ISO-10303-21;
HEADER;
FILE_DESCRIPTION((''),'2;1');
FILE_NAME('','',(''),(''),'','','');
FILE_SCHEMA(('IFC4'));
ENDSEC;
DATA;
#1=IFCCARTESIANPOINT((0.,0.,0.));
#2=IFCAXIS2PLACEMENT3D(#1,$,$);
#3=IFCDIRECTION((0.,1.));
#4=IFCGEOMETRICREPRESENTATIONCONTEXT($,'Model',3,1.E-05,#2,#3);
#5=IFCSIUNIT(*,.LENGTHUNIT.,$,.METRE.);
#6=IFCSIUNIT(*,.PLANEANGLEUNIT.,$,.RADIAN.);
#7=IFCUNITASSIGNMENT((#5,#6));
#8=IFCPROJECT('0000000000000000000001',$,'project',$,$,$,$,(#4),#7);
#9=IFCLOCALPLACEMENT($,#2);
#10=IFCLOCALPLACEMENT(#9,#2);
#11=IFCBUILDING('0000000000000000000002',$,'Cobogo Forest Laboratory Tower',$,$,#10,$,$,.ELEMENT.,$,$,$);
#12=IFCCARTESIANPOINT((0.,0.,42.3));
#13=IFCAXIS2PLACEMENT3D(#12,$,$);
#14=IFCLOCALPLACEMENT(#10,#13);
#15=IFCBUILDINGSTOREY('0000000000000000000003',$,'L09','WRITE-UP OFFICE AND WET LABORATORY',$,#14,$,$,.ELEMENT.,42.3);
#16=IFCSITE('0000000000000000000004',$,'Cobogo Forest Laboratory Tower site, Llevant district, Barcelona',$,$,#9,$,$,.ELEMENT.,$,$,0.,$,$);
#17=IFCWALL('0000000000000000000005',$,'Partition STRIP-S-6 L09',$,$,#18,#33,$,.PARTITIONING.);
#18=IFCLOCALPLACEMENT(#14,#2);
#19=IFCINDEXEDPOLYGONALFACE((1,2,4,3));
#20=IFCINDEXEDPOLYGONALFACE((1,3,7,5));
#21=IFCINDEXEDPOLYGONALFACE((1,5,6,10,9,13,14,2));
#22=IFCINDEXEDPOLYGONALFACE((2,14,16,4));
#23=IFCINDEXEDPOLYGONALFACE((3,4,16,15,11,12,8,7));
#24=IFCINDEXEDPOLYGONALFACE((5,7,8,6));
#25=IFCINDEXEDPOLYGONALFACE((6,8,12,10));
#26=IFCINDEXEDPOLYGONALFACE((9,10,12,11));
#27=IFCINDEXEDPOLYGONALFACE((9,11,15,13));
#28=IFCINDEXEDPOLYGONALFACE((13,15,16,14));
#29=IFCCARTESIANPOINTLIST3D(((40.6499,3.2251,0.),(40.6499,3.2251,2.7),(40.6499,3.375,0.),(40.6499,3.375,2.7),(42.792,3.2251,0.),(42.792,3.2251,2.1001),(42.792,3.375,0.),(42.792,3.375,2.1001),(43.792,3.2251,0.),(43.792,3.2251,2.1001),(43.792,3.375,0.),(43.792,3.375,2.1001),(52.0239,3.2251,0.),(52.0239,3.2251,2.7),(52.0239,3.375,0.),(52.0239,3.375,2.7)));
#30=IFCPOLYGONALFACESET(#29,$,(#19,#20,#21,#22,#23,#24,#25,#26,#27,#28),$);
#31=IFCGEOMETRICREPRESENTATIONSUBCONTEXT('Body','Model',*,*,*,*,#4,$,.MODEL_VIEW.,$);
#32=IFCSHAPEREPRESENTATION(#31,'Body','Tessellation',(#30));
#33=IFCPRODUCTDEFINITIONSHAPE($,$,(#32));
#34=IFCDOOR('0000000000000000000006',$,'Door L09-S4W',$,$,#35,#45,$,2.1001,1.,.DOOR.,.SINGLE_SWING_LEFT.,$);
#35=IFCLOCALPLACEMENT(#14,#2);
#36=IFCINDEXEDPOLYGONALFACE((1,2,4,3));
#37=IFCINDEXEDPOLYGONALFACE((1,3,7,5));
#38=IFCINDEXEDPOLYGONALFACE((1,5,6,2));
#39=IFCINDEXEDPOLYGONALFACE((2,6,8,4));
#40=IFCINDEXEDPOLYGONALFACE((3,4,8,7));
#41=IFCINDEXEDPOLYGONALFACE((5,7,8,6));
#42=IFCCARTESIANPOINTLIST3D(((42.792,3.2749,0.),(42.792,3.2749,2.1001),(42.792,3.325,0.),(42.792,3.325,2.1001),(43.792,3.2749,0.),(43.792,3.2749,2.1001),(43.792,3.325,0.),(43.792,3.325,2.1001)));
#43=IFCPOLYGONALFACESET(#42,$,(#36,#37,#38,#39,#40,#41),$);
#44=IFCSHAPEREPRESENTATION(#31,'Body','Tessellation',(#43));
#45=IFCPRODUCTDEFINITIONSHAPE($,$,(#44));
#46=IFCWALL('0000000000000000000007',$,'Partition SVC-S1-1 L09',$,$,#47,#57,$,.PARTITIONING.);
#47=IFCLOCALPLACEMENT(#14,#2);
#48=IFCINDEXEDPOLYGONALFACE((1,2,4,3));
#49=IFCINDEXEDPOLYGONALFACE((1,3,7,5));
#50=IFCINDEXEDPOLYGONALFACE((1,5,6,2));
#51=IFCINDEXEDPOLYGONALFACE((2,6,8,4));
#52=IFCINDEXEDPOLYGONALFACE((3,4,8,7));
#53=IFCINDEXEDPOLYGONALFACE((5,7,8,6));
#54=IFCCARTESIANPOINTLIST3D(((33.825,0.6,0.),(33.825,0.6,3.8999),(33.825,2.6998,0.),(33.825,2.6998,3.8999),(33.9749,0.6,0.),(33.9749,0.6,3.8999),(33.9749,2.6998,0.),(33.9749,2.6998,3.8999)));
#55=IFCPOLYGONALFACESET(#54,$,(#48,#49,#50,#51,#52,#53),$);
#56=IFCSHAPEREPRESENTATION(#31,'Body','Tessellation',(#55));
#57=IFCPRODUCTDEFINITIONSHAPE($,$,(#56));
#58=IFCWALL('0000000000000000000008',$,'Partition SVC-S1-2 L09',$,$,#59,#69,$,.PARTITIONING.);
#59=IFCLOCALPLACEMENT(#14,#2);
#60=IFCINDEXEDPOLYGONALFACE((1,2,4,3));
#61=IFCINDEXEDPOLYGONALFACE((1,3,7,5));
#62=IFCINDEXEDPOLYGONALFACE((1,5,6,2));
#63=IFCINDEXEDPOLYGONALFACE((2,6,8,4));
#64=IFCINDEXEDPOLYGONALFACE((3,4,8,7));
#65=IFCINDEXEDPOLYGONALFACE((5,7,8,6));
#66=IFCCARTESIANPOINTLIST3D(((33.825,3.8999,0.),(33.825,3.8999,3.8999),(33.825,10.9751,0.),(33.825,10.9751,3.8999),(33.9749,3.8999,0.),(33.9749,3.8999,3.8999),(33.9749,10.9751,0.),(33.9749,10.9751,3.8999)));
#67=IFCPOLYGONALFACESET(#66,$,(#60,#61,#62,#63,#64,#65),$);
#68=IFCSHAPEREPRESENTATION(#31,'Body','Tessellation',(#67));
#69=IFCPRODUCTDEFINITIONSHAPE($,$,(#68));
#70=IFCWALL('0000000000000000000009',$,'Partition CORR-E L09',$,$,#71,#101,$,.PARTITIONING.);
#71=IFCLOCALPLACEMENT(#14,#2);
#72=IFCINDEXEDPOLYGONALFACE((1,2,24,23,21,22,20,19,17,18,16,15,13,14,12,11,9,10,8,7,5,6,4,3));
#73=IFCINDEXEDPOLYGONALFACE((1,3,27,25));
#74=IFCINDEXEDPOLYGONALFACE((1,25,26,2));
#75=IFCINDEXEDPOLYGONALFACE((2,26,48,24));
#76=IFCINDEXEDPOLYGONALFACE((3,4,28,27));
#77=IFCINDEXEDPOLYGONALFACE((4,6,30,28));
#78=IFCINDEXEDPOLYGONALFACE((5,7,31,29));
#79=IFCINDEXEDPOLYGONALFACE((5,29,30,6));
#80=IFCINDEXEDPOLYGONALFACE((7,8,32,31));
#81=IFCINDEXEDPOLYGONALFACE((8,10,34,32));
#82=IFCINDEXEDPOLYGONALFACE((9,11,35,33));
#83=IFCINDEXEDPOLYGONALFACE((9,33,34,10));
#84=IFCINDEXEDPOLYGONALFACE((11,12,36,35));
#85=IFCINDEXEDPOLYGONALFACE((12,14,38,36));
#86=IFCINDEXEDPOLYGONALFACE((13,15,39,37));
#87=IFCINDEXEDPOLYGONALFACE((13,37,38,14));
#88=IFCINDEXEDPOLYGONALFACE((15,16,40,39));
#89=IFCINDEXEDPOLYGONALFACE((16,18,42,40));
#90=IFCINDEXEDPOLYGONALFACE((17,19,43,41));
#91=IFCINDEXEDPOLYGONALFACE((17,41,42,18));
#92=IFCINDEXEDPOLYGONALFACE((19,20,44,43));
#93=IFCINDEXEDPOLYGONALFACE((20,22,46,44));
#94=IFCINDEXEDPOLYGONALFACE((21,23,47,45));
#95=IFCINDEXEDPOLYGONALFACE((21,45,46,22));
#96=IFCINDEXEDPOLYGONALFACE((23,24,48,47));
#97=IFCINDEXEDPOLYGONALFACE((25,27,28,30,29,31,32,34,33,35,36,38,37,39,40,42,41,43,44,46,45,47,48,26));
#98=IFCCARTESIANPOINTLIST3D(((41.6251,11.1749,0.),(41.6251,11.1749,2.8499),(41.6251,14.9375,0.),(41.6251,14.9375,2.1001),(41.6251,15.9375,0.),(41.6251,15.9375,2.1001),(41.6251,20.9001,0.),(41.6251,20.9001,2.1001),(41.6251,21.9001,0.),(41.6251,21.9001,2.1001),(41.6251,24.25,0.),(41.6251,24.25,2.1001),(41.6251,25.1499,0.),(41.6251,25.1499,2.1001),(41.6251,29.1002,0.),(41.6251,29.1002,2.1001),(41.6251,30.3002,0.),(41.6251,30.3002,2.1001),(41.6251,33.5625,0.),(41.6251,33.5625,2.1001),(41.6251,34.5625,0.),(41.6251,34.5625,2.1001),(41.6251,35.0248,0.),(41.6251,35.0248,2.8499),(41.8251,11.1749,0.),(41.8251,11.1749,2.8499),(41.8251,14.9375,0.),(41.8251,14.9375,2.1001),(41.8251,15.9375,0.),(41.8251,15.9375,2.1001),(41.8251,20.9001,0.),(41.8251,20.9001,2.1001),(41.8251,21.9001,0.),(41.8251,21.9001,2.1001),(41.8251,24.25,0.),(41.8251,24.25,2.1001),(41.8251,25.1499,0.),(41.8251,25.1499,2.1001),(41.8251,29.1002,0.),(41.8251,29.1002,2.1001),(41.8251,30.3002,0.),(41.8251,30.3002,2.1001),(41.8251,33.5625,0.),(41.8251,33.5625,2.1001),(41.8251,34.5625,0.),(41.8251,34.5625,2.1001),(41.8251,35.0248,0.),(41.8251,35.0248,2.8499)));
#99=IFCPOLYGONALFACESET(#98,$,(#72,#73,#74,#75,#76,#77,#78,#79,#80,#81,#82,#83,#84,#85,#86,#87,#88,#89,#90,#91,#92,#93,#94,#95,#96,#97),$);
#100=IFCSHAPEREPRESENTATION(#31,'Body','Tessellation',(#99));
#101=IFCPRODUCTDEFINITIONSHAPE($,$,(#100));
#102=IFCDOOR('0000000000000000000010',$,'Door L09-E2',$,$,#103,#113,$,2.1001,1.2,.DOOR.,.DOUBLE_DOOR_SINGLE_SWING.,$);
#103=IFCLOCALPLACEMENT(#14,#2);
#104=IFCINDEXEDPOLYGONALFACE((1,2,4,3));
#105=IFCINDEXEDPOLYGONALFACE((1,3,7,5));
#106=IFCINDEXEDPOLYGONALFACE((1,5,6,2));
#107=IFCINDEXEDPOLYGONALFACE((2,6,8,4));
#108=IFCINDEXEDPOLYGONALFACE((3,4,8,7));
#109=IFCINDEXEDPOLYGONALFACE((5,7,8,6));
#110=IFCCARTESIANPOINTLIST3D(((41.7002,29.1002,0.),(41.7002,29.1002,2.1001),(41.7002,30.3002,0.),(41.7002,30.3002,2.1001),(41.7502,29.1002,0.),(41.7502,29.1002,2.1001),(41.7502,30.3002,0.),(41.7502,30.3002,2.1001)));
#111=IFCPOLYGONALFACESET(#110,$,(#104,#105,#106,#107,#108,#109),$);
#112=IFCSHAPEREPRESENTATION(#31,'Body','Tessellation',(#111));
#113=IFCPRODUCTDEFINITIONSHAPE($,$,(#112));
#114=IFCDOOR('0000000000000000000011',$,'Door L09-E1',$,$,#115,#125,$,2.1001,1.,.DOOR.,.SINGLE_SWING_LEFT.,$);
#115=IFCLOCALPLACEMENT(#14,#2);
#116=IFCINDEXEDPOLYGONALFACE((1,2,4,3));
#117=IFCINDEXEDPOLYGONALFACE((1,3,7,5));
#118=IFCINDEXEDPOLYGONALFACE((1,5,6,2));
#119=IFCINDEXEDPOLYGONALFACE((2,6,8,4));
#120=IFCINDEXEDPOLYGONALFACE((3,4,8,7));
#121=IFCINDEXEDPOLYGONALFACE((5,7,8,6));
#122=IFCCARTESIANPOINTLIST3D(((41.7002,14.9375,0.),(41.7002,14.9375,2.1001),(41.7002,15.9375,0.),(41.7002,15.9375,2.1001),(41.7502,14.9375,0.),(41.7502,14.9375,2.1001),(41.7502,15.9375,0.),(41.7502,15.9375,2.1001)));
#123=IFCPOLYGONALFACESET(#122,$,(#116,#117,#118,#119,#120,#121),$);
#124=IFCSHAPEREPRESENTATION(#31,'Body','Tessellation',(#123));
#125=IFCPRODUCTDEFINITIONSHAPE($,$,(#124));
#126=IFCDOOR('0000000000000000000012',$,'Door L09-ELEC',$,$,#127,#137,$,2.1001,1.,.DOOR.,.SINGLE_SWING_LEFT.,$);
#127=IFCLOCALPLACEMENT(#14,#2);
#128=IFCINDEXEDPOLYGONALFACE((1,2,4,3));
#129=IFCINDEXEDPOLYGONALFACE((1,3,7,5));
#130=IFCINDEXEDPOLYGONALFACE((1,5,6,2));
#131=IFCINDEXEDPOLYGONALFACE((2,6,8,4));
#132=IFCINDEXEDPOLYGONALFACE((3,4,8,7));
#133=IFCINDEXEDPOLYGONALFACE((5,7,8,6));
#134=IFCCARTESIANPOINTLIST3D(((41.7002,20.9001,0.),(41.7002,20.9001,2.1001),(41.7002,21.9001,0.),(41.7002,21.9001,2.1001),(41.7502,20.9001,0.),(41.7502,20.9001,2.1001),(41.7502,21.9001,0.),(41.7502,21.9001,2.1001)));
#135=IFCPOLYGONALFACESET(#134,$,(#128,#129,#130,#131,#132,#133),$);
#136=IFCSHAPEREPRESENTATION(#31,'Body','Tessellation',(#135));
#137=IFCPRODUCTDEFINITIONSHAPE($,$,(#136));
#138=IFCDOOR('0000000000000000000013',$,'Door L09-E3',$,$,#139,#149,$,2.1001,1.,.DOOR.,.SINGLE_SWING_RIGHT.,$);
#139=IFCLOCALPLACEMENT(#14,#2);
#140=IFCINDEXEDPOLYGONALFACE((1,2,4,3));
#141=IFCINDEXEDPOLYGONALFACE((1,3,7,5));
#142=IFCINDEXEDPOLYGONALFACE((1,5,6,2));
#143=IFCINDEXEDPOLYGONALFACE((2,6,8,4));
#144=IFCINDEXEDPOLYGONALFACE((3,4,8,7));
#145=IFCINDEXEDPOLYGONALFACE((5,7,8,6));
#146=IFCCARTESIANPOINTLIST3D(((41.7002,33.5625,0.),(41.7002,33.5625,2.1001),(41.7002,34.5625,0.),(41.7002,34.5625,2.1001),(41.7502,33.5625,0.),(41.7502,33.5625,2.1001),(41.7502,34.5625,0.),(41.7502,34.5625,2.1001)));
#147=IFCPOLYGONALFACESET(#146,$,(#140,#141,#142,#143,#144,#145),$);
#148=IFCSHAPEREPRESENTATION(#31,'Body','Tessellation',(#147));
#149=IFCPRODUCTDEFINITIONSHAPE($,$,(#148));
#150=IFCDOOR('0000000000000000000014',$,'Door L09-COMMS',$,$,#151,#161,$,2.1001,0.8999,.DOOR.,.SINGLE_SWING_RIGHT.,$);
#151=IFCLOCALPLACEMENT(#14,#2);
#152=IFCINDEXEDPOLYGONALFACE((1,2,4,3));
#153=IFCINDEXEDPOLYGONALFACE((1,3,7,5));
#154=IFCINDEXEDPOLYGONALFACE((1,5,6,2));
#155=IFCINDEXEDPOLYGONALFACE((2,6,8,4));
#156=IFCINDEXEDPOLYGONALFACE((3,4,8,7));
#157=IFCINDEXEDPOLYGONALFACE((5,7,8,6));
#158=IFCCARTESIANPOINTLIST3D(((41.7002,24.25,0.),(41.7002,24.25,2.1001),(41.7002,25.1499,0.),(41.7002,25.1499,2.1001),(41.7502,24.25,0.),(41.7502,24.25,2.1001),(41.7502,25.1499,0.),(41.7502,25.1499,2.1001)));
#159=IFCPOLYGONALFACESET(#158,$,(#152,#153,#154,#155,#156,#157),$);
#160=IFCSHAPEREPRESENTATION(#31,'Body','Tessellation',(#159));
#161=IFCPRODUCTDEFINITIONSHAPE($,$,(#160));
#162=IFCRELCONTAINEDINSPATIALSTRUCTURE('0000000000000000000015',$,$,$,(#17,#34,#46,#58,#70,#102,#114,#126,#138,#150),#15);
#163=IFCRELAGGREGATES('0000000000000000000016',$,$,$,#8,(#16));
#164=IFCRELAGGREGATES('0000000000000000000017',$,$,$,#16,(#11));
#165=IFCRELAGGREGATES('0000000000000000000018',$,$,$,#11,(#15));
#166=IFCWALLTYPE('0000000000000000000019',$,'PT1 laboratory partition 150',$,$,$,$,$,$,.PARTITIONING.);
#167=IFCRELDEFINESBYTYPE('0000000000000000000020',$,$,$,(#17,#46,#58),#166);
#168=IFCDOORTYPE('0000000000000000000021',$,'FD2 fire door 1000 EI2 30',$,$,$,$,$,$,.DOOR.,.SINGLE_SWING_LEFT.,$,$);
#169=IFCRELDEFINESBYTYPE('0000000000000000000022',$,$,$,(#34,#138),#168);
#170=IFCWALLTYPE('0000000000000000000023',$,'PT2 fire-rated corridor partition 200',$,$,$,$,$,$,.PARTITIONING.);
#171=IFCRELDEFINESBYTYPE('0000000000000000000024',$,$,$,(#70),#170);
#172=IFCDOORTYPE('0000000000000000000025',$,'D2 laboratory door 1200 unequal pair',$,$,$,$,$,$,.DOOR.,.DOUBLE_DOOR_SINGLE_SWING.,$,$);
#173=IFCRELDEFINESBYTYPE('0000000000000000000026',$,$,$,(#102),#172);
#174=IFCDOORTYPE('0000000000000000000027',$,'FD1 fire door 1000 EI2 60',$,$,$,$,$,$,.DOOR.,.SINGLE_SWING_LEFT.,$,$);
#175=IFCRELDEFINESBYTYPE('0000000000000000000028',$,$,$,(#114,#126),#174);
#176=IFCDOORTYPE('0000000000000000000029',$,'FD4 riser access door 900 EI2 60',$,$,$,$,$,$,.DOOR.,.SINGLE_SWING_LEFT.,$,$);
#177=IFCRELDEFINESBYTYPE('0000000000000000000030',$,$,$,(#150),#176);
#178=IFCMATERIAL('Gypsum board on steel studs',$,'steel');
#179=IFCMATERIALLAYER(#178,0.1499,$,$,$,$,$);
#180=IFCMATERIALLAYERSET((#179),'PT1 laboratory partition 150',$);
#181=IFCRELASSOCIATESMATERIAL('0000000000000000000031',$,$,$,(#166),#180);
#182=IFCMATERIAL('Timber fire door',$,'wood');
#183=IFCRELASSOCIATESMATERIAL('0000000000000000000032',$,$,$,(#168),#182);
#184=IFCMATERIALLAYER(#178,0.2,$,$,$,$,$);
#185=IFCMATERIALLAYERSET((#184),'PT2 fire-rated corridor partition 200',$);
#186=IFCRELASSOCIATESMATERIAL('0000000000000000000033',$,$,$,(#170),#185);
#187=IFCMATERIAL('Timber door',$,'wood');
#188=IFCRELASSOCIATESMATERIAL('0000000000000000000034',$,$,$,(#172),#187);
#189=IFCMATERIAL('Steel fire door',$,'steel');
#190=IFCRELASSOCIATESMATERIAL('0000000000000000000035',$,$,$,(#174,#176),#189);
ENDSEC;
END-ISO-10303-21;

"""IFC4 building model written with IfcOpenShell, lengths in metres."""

from ifc_helpers import new_model, si_unit, direction, frame, frame_2d, origin, place, context, subcontext, project, spatial, rectangle, extrude, material, layer, layer_set, type_object, element, fill, save


model = new_model("IFC4")

# Units and contexts
model_context = context("Model", 3, precision=1e-05, world=origin(), true_north=direction((0.0, 1.0)))
body_context = subcontext(model_context, "Body", "Model", "MODEL_VIEW")
ifc_project = project(units=[si_unit("LENGTHUNIT", "METRE"), si_unit("PLANEANGLEUNIT", "RADIAN")], contexts=[model_context])

# Site, building, storey
site_placement = place(None, origin())
site = spatial("IfcSite", under=ifc_project, at=site_placement, Name="Cobogo Forest Laboratory Tower site, Llevant district, Barcelona", CompositionType="ELEMENT", RefElevation=0.0)
building_placement = place(site_placement, origin())
building = spatial("IfcBuilding", under=site, at=building_placement, Name="Cobogo Forest Laboratory Tower", CompositionType="ELEMENT")
storey_placement = place(building_placement, frame((0.0, 0.0, 42.3)))
storey = spatial("IfcBuildingStorey", under=building, at=storey_placement, Name="L09", Description="WRITE-UP OFFICE AND WET LABORATORY", CompositionType="ELEMENT", Elevation=42.3)

# Shared definitions
ifc_material_1 = material(Name="Steel fire door", Category="steel")

# Shared definitions
ifc_material_2 = material(Name="Gypsum board on steel studs", Category="steel")
ifc_layer_1 = layer(ifc_material_2, 0.1499)
ifc_layer_set_1 = layer_set([ifc_layer_1], Name="PT1 laboratory partition 150")
wall_type_1 = type_object("IfcWallType", Name="PT1 laboratory partition 150", PredefinedType="PARTITIONING", material=ifc_layer_set_1)

# Wall, opening, door
wall_1_placement = place(storey_placement, frame((40.6499, 3.3, 0.0), z_axis=(0.0, 0.0, 1.0), x_axis=(1.0, 0.0, 0.0)))
wall_1 = element("IfcWall", 1, at=wall_1_placement, inside=storey, type_object=wall_type_1, Name="Partition STRIP-S-6 L09", PredefinedType="PARTITIONING", context=body_context, shape_type="SweptSolid", body=[
    extrude(rectangle(XDim=11.374, YDim=0.1499, at=frame_2d((5.687, 0.0))), origin(), (0.0, 0.0, 1.0), 2.7),
])
opening_1_placement = place(wall_1_placement, frame((2.1421, 0.0, 0.0)))
opening_1 = element("IfcOpeningElement", 2, at=opening_1_placement, cuts=wall_1, PredefinedType="OPENING", context=body_context, shape_type="SweptSolid", body=[
    extrude(rectangle(XDim=1.0, YDim=2.1001, at=frame_2d((0.5, 1.05))), frame((0.0, 0.085, 0.0), z_axis=(0.0, -1.0, 0.0), x_axis=(1.0, 0.0, 0.0)), (0.0, 0.0, 1.0), 0.1699),
])
ifc_material_3 = material(Name="Timber fire door", Category="wood")
door_type_1 = type_object("IfcDoorType", Name="FD2 fire door 1000 EI2 30", OperationType="SINGLE_SWING_LEFT", PredefinedType="DOOR", material=ifc_material_3)
door_1_placement = place(opening_1_placement, origin())
door_1 = element("IfcDoor", 3, at=door_1_placement, inside=storey, type_object=door_type_1, Name="Door L09-S4W", OperationType="SINGLE_SWING_LEFT", OverallHeight=2.1001, OverallWidth=1.0, PredefinedType="DOOR", context=body_context, shape_type="SweptSolid", body=[
    extrude(rectangle(XDim=1.0, YDim=2.1001, at=frame_2d((0.5, 1.05))), frame((0.0, 0.0249, 0.0), z_axis=(0.0, -1.0, 0.0), x_axis=(1.0, 0.0, 0.0)), (0.0, 0.0, 1.0), 0.05),
])
fill(opening_1, door_1)

# Walls
wall_2_placement = place(storey_placement, frame((33.8999, 0.6001, 0.0), z_axis=(0.0, 0.0, 1.0), x_axis=(0.0, 1.0, 0.0)))
element("IfcWall", 4, at=wall_2_placement, inside=storey, type_object=wall_type_1, Name="Partition SVC-S1-1 L09", PredefinedType="PARTITIONING", context=body_context, shape_type="SweptSolid", body=[
    extrude(rectangle(XDim=2.0999, YDim=0.1499, at=frame_2d((1.0498, 0.0))), origin(), (0.0, 0.0, 1.0), 3.8999),
])
wall_3_placement = place(storey_placement, frame((33.8999, 3.8999, 0.0), z_axis=(0.0, 0.0, 1.0), x_axis=(0.0, 1.0, 0.0)))
element("IfcWall", 5, at=wall_3_placement, inside=storey, type_object=wall_type_1, Name="Partition SVC-S1-2 L09", PredefinedType="PARTITIONING", context=body_context, shape_type="SweptSolid", body=[
    extrude(rectangle(XDim=7.0752, YDim=0.1499, at=frame_2d((3.5376, 0.0))), origin(), (0.0, 0.0, 1.0), 3.8999),
])

# Wall, openings, doors
ifc_layer_2 = layer(ifc_material_2, 0.2)
ifc_layer_set_2 = layer_set([ifc_layer_2], Name="PT2 fire-rated corridor partition 200")
wall_type_2 = type_object("IfcWallType", Name="PT2 fire-rated corridor partition 200", PredefinedType="PARTITIONING", material=ifc_layer_set_2)
wall_4_placement = place(storey_placement, frame((41.7251, 11.175, 0.0), z_axis=(0.0, 0.0, 1.0), x_axis=(0.0, 1.0, 0.0)))
wall_4 = element("IfcWall", 6, at=wall_4_placement, inside=storey, type_object=wall_type_2, Name="Partition CORR-E L09", PredefinedType="PARTITIONING", context=body_context, shape_type="SweptSolid", body=[
    extrude(rectangle(XDim=23.8499, YDim=0.2, at=frame_2d((11.9248, 0.0))), origin(), (0.0, 0.0, 1.0), 2.8499),
])
opening_2_placement = place(wall_4_placement, frame((3.7625, 0.0, 0.0)))
opening_2 = element("IfcOpeningElement", 7, at=opening_2_placement, cuts=wall_4, PredefinedType="OPENING", context=body_context, shape_type="SweptSolid", body=[
    extrude(rectangle(XDim=1.0, YDim=2.1001, at=frame_2d((0.5, 1.05))), frame((0.0, 0.1099, 0.0), z_axis=(0.0, -1.0, 0.0), x_axis=(1.0, 0.0, 0.0)), (0.0, 0.0, 1.0), 0.22),
])
opening_3_placement = place(wall_4_placement, frame((9.7251, 0.0, 0.0)))
opening_3 = element("IfcOpeningElement", 8, at=opening_3_placement, cuts=wall_4, PredefinedType="OPENING", context=body_context, shape_type="SweptSolid", body=[
    extrude(rectangle(XDim=1.0, YDim=2.1001, at=frame_2d((0.5, 1.05))), frame((0.0, 0.1099, 0.0), z_axis=(0.0, -1.0, 0.0), x_axis=(1.0, 0.0, 0.0)), (0.0, 0.0, 1.0), 0.22),
])
opening_4_placement = place(wall_4_placement, frame((13.075, 0.0, 0.0)))
opening_4 = element("IfcOpeningElement", 9, at=opening_4_placement, cuts=wall_4, PredefinedType="OPENING", context=body_context, shape_type="SweptSolid", body=[
    extrude(rectangle(XDim=0.8999, YDim=2.1001, at=frame_2d((0.45, 1.05))), frame((0.0, 0.1099, 0.0), z_axis=(0.0, -1.0, 0.0), x_axis=(1.0, 0.0, 0.0)), (0.0, 0.0, 1.0), 0.22),
])
opening_5_placement = place(wall_4_placement, frame((17.925, 0.0, 0.0)))
opening_5 = element("IfcOpeningElement", 10, at=opening_5_placement, cuts=wall_4, PredefinedType="OPENING", context=body_context, shape_type="SweptSolid", body=[
    extrude(rectangle(XDim=1.2, YDim=2.1001, at=frame_2d((0.6001, 1.05))), frame((0.0, 0.1099, 0.0), z_axis=(0.0, -1.0, 0.0), x_axis=(1.0, 0.0, 0.0)), (0.0, 0.0, 1.0), 0.22),
])
opening_6_placement = place(wall_4_placement, frame((22.3875, 0.0, 0.0)))
opening_6 = element("IfcOpeningElement", 11, at=opening_6_placement, cuts=wall_4, PredefinedType="OPENING", context=body_context, shape_type="SweptSolid", body=[
    extrude(rectangle(XDim=1.0, YDim=2.1001, at=frame_2d((0.5, 1.05))), frame((0.0, 0.1099, 0.0), z_axis=(0.0, -1.0, 0.0), x_axis=(1.0, 0.0, 0.0)), (0.0, 0.0, 1.0), 0.22),
])
ifc_material_4 = material(Name="Timber door", Category="wood")
door_type_2 = type_object("IfcDoorType", Name="D2 laboratory door 1200 unequal pair", OperationType="DOUBLE_DOOR_SINGLE_SWING", PredefinedType="DOOR", material=ifc_material_4)
door_2_placement = place(opening_5_placement, origin())
door_2 = element("IfcDoor", 12, at=door_2_placement, inside=storey, type_object=door_type_2, Name="Door L09-E2", OperationType="DOUBLE_DOOR_SINGLE_SWING", OverallHeight=2.1001, OverallWidth=1.2, PredefinedType="DOOR", context=body_context, shape_type="SweptSolid", body=[
    extrude(rectangle(XDim=1.2, YDim=2.1001, at=frame_2d((0.6001, 1.05))), frame((0.0, 0.0249, 0.0), z_axis=(0.0, -1.0, 0.0), x_axis=(1.0, 0.0, 0.0)), (0.0, 0.0, 1.0), 0.05),
])
fill(opening_5, door_2)
door_type_3 = type_object("IfcDoorType", Name="FD1 fire door 1000 EI2 60", OperationType="SINGLE_SWING_LEFT", PredefinedType="DOOR", material=ifc_material_1)
door_3_placement = place(opening_2_placement, origin())
door_3 = element("IfcDoor", 13, at=door_3_placement, inside=storey, type_object=door_type_3, Name="Door L09-E1", OperationType="SINGLE_SWING_LEFT", OverallHeight=2.1001, OverallWidth=1.0, PredefinedType="DOOR", context=body_context, shape_type="SweptSolid", body=[
    extrude(rectangle(XDim=1.0, YDim=2.1001, at=frame_2d((0.5, 1.05))), frame((0.0, 0.0249, 0.0), z_axis=(0.0, -1.0, 0.0), x_axis=(1.0, 0.0, 0.0)), (0.0, 0.0, 1.0), 0.05),
])
fill(opening_2, door_3)
door_4_placement = place(opening_3_placement, origin())
door_4 = element("IfcDoor", 14, at=door_4_placement, inside=storey, type_object=door_type_3, Name="Door L09-ELEC", OperationType="SINGLE_SWING_LEFT", OverallHeight=2.1001, OverallWidth=1.0, PredefinedType="DOOR", context=body_context, shape_type="SweptSolid", body=[
    extrude(rectangle(XDim=1.0, YDim=2.1001, at=frame_2d((0.5, 1.05))), frame((0.0, 0.0249, 0.0), z_axis=(0.0, -1.0, 0.0), x_axis=(1.0, 0.0, 0.0)), (0.0, 0.0, 1.0), 0.05),
])
fill(opening_3, door_4)
door_5_placement = place(opening_6_placement, origin())
door_5 = element("IfcDoor", 15, at=door_5_placement, inside=storey, type_object=door_type_1, Name="Door L09-E3", OperationType="SINGLE_SWING_RIGHT", OverallHeight=2.1001, OverallWidth=1.0, PredefinedType="DOOR", context=body_context, shape_type="SweptSolid", body=[
    extrude(rectangle(XDim=1.0, YDim=2.1001, at=frame_2d((0.5, 1.05))), frame((0.0, 0.0249, 0.0), z_axis=(0.0, -1.0, 0.0), x_axis=(1.0, 0.0, 0.0)), (0.0, 0.0, 1.0), 0.05),
])
fill(opening_6, door_5)
door_type_4 = type_object("IfcDoorType", Name="FD4 riser access door 900 EI2 60", OperationType="SINGLE_SWING_LEFT", PredefinedType="DOOR", material=ifc_material_1)
door_6_placement = place(opening_4_placement, origin())
door_6 = element("IfcDoor", 16, at=door_6_placement, inside=storey, type_object=door_type_4, Name="Door L09-COMMS", OperationType="SINGLE_SWING_RIGHT", OverallHeight=2.1001, OverallWidth=0.8999, PredefinedType="DOOR", context=body_context, shape_type="SweptSolid", body=[
    extrude(rectangle(XDim=0.8999, YDim=2.1001, at=frame_2d((0.45, 1.05))), frame((0.0, 0.0249, 0.0), z_axis=(0.0, -1.0, 0.0), x_axis=(1.0, 0.0, 0.0)), (0.0, 0.0, 1.0), 0.05),
])
fill(opening_4, door_6)

save(model, "model.ifc")
